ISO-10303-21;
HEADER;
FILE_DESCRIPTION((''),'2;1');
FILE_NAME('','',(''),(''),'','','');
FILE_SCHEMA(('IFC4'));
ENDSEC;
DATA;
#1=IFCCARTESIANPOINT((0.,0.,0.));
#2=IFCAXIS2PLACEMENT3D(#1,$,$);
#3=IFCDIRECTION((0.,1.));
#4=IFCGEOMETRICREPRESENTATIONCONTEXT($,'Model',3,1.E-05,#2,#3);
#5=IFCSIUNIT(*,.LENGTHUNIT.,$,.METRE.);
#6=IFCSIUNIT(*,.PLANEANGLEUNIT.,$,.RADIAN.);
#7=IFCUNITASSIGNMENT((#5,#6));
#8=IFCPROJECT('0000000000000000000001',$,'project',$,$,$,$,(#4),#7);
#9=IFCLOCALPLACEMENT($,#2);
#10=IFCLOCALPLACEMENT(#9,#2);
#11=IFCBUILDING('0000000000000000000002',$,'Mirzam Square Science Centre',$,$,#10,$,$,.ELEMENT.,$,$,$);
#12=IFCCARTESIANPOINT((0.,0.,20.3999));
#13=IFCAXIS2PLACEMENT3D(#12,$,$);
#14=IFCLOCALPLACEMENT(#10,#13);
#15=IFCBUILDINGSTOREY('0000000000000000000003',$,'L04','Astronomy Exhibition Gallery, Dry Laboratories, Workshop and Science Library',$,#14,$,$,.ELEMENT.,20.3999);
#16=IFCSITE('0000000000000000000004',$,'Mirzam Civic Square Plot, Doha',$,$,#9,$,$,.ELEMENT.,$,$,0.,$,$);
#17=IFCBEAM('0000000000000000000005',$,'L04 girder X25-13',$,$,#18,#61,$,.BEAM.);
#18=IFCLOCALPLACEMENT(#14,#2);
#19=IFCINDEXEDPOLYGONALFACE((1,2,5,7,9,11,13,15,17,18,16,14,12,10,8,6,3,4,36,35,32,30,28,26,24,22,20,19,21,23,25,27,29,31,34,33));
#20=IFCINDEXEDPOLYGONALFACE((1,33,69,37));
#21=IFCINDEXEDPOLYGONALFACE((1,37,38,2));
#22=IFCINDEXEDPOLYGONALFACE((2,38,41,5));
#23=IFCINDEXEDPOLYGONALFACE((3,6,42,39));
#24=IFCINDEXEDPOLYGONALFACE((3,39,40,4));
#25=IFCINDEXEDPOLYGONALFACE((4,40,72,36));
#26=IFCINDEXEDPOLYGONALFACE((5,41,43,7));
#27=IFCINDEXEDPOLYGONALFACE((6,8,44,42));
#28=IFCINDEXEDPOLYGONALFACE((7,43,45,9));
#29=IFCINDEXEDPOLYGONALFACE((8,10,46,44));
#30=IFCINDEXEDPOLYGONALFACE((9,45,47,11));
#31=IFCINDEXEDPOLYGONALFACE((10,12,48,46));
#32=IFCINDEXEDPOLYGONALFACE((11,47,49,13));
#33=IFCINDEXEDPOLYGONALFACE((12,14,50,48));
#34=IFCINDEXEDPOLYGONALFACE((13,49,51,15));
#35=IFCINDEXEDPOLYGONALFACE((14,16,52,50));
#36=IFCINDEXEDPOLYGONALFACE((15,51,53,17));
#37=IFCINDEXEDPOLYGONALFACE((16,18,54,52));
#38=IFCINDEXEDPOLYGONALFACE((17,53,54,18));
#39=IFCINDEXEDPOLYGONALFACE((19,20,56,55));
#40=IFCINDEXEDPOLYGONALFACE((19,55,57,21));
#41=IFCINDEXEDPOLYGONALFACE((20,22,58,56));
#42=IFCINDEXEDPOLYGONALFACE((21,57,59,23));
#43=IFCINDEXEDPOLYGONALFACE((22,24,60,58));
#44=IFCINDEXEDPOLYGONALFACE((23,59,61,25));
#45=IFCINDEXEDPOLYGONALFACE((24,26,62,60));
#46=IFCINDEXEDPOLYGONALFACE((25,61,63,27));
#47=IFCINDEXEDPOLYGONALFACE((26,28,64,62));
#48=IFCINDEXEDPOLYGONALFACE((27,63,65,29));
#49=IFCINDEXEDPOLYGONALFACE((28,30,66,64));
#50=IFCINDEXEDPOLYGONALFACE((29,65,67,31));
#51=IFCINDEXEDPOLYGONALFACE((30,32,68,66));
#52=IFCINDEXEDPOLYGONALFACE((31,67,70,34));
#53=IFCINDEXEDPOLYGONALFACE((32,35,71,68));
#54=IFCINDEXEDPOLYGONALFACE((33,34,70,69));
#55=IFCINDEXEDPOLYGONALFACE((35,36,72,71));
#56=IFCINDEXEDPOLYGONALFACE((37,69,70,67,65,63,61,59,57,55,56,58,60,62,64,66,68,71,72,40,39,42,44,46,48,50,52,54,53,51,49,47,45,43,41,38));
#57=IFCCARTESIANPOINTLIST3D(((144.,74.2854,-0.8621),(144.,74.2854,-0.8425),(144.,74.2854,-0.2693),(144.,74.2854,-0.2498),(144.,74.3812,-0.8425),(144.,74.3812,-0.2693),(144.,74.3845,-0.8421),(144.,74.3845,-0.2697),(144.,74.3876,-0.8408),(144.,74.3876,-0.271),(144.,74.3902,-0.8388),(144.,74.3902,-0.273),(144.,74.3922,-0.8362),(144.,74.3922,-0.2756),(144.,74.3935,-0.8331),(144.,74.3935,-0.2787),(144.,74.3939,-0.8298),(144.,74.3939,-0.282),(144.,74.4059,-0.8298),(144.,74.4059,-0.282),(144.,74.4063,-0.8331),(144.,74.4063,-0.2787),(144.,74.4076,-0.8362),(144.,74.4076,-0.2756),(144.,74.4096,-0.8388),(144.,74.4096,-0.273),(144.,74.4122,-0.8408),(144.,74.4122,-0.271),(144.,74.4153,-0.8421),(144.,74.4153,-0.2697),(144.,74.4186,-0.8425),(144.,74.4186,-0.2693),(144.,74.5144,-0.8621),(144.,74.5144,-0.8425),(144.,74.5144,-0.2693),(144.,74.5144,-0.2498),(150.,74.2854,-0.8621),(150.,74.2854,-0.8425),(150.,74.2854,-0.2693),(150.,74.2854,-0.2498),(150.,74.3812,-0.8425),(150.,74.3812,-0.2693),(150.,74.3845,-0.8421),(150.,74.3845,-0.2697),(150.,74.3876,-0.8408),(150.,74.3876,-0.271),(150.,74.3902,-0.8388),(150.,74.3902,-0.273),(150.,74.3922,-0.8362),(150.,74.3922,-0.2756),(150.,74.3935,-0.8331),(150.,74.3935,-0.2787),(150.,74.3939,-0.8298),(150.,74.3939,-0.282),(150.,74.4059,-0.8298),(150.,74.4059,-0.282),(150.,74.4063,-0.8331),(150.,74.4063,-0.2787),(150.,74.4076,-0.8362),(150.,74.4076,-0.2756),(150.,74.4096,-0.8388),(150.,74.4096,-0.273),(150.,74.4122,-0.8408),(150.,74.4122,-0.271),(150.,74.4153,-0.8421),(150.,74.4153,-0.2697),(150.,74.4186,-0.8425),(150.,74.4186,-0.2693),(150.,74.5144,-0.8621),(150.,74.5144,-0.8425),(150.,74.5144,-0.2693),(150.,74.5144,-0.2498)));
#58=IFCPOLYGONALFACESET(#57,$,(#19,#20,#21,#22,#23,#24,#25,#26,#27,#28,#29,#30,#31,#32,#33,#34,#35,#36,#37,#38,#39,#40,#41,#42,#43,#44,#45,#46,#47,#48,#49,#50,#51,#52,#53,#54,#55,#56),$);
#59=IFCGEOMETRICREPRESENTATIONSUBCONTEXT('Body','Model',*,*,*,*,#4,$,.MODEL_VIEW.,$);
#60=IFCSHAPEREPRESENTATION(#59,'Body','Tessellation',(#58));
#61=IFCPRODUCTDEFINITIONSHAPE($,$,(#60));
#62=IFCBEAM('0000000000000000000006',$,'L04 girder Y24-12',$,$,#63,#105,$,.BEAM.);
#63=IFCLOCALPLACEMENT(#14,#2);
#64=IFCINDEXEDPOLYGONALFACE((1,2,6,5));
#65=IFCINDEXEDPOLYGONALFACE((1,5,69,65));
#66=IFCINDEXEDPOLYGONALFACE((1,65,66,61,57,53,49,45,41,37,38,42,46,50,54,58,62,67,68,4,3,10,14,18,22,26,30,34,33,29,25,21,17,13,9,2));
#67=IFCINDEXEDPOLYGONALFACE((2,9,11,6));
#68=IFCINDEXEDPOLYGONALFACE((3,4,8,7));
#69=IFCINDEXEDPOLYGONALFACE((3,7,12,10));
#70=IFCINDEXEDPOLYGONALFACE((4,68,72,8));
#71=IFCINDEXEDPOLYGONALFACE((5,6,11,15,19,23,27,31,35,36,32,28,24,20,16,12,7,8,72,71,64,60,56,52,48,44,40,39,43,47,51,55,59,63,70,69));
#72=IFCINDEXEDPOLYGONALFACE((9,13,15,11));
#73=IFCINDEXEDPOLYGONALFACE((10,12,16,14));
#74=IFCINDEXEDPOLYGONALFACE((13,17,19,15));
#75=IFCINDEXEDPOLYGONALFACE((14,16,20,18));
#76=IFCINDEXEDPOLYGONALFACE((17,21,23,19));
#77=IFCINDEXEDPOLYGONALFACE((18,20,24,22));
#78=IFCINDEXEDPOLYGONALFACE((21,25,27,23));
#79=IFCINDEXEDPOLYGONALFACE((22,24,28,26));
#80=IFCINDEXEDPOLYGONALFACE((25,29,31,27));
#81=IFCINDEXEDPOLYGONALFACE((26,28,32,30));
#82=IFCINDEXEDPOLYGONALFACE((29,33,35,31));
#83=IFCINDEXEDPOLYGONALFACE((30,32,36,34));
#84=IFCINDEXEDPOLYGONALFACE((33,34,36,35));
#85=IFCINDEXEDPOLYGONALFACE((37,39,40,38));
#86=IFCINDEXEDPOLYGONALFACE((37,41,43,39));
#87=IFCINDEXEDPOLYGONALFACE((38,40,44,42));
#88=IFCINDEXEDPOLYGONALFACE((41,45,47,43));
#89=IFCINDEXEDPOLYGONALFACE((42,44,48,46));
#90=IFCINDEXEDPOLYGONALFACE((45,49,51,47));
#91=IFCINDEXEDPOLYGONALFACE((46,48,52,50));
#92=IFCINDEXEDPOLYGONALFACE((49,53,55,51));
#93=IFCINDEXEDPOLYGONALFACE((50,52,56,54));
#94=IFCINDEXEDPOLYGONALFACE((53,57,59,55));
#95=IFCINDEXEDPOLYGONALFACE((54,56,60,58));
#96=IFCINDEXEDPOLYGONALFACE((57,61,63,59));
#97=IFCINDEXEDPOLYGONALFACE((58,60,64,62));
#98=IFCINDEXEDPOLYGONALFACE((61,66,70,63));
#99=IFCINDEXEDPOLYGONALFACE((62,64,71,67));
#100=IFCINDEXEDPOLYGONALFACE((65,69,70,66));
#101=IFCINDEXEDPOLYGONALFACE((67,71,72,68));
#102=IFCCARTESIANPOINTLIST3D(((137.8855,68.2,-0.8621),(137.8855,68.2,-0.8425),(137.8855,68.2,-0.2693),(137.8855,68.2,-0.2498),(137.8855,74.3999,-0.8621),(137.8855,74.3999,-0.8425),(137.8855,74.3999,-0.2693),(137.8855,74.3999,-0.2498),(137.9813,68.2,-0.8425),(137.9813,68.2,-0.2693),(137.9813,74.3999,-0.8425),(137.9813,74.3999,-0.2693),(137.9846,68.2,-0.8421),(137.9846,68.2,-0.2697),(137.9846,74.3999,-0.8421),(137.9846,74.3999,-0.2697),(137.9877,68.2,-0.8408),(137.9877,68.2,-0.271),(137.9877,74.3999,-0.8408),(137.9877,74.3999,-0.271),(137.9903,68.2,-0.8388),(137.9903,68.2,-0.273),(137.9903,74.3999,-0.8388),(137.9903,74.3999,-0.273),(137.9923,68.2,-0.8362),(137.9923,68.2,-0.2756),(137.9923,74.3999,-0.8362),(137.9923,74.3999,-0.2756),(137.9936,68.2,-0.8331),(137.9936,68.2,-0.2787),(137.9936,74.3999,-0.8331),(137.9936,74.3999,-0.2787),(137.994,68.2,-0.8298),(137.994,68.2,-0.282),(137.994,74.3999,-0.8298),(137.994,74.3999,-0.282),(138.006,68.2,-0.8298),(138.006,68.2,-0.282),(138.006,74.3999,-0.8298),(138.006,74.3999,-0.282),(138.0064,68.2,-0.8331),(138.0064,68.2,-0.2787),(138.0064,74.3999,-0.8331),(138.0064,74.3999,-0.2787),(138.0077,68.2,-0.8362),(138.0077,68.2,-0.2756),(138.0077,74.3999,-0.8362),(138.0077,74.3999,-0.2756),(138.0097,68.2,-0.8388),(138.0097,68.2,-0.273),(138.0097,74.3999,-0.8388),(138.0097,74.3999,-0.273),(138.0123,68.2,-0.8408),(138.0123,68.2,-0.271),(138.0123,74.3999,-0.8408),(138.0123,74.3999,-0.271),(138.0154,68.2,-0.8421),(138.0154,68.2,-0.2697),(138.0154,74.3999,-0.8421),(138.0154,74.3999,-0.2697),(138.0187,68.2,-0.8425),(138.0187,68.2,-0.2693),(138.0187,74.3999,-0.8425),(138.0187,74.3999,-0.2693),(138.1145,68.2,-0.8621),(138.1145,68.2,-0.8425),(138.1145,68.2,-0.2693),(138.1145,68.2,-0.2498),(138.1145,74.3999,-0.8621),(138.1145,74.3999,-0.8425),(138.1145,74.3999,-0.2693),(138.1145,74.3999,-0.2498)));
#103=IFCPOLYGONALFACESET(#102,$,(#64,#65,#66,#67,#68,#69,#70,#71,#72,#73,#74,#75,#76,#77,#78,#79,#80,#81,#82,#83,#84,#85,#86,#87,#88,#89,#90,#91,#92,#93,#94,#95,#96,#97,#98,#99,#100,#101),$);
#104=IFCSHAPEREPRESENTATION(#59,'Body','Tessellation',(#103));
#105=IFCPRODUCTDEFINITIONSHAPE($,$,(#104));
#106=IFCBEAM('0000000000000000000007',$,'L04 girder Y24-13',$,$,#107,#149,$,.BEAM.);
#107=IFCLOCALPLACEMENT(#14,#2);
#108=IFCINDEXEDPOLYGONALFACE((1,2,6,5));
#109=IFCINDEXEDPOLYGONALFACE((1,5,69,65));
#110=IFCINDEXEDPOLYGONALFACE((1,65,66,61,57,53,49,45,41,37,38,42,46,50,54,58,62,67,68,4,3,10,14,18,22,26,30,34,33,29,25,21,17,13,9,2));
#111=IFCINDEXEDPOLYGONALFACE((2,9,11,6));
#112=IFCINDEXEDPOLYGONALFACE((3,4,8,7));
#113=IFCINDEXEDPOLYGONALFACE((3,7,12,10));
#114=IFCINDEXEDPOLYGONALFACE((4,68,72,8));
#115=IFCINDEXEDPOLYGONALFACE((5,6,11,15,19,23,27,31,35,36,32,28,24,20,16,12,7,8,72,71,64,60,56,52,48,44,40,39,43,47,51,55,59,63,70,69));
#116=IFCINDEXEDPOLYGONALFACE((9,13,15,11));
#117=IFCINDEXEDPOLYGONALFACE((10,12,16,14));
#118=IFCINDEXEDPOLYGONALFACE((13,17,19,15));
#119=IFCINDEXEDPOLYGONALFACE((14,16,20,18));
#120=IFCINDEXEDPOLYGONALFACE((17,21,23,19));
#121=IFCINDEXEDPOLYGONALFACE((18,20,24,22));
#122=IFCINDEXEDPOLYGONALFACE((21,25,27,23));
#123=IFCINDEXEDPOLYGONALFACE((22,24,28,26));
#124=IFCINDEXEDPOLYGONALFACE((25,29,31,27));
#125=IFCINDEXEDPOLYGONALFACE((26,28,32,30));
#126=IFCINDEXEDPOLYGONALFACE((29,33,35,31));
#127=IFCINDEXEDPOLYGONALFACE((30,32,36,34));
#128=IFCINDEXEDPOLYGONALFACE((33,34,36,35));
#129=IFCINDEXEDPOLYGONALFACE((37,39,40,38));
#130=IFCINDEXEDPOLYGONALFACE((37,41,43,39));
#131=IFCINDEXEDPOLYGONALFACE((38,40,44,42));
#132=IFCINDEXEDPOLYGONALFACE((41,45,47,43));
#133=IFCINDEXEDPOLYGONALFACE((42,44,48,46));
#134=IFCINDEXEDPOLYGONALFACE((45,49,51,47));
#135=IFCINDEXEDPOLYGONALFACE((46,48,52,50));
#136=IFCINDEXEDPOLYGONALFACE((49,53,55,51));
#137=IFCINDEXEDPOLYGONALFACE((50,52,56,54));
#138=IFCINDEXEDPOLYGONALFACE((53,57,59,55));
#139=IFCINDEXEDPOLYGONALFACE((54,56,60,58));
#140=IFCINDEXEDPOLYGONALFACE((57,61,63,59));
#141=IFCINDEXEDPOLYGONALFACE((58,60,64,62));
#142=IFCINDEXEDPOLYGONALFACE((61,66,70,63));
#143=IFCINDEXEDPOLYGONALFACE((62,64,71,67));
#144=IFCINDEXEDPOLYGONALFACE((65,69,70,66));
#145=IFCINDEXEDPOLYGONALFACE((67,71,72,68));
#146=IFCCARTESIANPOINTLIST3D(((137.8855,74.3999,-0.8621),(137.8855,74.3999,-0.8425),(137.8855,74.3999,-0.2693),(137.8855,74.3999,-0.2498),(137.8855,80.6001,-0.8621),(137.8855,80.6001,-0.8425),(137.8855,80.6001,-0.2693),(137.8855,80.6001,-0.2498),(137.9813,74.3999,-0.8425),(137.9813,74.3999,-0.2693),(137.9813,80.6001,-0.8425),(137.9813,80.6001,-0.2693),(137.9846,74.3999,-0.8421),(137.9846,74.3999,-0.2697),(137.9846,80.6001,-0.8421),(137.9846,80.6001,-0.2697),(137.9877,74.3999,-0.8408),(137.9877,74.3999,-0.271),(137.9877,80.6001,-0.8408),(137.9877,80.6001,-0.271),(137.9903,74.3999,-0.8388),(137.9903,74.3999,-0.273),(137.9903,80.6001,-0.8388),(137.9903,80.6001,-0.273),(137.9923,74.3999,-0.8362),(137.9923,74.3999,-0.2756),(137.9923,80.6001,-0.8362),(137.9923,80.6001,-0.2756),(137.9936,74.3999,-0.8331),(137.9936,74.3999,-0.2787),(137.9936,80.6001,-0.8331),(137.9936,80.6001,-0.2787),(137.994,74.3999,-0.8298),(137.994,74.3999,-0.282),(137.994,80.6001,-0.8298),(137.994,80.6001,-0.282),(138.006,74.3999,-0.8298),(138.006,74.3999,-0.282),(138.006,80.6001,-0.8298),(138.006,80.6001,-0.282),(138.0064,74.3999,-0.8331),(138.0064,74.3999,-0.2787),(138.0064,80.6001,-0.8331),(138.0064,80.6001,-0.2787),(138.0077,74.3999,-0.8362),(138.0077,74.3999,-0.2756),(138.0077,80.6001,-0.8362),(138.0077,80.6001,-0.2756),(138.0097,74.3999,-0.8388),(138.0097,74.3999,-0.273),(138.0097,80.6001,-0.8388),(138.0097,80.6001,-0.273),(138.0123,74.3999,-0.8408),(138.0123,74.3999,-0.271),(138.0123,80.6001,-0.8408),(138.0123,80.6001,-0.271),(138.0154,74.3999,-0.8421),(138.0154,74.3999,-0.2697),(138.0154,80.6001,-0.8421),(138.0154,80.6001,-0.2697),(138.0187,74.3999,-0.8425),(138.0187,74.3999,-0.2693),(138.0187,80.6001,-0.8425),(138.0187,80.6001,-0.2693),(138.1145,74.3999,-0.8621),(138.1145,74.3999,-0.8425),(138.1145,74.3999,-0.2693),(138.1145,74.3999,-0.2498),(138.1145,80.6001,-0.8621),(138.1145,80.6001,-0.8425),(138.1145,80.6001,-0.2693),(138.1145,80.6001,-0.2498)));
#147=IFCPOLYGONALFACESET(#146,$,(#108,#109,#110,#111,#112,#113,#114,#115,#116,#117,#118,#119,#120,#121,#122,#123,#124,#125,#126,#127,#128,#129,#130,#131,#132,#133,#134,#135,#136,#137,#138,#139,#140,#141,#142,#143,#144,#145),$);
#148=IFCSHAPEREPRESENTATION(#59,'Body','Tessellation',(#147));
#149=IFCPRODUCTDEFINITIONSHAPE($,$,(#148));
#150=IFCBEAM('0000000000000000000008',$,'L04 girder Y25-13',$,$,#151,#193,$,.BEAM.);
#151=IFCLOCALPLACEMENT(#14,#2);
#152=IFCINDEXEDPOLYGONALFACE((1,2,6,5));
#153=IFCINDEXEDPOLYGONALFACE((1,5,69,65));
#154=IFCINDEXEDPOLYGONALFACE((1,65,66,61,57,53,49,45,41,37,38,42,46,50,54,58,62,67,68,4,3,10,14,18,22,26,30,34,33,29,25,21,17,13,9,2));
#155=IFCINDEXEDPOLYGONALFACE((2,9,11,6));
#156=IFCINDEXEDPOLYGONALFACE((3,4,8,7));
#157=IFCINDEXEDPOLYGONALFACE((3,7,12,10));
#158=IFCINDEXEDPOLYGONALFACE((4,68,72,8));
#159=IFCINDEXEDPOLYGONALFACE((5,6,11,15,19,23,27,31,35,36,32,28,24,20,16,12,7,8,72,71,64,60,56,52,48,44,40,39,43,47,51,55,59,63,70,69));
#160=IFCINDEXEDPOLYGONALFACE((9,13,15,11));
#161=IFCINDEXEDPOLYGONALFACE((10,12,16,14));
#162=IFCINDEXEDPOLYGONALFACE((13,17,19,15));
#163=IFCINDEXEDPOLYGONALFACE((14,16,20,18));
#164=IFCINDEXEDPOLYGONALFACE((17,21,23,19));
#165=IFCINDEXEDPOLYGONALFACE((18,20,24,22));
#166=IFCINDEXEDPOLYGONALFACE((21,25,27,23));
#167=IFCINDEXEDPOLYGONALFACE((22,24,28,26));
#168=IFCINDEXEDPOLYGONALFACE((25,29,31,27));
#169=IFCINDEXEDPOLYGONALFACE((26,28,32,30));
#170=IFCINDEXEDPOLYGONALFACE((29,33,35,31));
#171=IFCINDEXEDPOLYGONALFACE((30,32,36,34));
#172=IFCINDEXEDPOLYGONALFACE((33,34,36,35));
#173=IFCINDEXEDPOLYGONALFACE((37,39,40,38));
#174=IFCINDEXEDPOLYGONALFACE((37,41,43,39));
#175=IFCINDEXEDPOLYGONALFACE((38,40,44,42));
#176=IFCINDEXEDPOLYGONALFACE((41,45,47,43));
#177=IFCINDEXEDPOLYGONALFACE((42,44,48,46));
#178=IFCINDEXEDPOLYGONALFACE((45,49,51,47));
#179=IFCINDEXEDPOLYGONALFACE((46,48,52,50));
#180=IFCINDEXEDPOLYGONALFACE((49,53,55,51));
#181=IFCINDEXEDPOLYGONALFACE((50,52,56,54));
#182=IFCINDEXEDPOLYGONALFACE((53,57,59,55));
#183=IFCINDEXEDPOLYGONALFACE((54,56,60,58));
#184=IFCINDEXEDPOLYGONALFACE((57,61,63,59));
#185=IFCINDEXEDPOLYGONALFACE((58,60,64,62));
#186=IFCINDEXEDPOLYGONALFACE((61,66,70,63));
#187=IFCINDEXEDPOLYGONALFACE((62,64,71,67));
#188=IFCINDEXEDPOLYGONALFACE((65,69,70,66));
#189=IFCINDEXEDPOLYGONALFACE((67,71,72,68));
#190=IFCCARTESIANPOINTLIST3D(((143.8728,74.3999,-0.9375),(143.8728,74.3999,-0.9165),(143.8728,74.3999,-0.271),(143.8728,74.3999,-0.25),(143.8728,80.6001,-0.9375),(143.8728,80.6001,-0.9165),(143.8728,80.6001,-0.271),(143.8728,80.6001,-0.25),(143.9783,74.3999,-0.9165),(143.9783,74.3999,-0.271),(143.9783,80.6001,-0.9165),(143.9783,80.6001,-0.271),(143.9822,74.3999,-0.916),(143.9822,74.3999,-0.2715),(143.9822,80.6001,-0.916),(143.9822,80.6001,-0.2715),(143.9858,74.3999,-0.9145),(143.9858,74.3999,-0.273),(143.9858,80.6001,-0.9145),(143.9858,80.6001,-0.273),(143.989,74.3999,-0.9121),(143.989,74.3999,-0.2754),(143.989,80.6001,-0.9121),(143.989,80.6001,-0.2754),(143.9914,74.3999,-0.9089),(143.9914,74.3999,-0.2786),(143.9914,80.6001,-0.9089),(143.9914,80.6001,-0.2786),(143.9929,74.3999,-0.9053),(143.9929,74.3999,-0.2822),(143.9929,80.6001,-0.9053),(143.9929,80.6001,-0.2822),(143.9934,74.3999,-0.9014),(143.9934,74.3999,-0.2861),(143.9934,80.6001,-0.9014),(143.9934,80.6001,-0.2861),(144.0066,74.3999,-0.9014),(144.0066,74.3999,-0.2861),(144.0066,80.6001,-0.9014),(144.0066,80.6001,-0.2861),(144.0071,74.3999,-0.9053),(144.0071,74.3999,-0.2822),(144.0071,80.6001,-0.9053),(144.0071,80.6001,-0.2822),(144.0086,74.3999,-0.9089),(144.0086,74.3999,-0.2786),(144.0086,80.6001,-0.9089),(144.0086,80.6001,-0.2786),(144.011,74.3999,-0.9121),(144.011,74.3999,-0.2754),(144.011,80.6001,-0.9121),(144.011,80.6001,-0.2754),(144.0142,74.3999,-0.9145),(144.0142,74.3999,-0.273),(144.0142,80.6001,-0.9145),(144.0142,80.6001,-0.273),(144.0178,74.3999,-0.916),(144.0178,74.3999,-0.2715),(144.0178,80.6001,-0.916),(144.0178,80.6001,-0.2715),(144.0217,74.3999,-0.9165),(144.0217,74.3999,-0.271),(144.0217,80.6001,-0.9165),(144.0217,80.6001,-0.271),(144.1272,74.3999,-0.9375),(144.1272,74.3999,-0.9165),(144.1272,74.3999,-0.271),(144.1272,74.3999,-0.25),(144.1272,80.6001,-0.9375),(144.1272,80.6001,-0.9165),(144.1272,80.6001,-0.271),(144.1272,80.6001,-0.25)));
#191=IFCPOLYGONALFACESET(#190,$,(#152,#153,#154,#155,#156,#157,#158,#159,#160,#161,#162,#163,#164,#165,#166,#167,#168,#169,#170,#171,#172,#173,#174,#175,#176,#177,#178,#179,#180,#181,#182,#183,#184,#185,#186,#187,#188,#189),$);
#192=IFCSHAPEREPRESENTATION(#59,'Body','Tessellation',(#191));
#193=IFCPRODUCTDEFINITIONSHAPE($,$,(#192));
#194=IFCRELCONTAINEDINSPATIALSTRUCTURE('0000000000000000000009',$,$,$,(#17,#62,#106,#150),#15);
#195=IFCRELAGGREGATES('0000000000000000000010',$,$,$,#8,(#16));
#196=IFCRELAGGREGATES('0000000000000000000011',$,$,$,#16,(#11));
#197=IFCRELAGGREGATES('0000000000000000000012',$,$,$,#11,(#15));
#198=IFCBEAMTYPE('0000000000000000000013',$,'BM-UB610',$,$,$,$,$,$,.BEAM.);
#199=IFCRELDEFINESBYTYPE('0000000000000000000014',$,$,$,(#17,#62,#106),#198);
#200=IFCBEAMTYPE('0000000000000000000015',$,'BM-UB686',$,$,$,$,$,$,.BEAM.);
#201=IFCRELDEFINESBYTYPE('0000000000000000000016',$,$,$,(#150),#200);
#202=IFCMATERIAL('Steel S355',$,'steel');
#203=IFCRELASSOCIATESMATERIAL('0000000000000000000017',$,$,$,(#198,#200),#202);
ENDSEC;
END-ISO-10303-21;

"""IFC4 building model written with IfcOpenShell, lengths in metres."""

from ifc_helpers import new_model, si_unit, direction, frame, origin, origin_2d, place, context, subcontext, project, spatial, i_section, extrude, material, material_profile, profile_set, type_object, element, save


model = new_model("IFC4")

# Units and contexts
model_context = context("Model", 3, precision=1e-05, world=origin(), true_north=direction((0.0, 1.0)))
body_context = subcontext(model_context, "Body", "Model", "MODEL_VIEW")
ifc_project = project(units=[si_unit("LENGTHUNIT", "METRE"), si_unit("PLANEANGLEUNIT", "RADIAN")], contexts=[model_context])

# Site, building, storey
site_placement = place(None, origin())
site = spatial("IfcSite", under=ifc_project, at=site_placement, Name="Mirzam Civic Square Plot, Doha", CompositionType="ELEMENT", RefElevation=0.0)
building_placement = place(site_placement, origin())
building = spatial("IfcBuilding", under=site, at=building_placement, Name="Mirzam Square Science Centre", CompositionType="ELEMENT")
storey_placement = place(building_placement, frame((0.0, 0.0, 20.3999)))
storey = spatial("IfcBuildingStorey", under=building, at=storey_placement, Name="L04", Description="Astronomy Exhibition Gallery, Dry Laboratories, Workshop and Science Library", CompositionType="ELEMENT", Elevation=20.3999)

# Shared definitions
ifc_material = material(Name="Steel S355", Category="steel")

# Beams
ifc_material_profile_1 = material_profile(ifc_material, i_section(OverallWidth=0.229, OverallDepth=0.6123, WebThickness=0.012, FlangeThickness=0.0195, FilletRadius=0.0127, at=origin_2d()), Name="610x229x125UB")
ifc_profile_set_1 = profile_set([ifc_material_profile_1], Name="Steel S355")
beam_type_1 = type_object("IfcBeamType", Name="BM-UB610", PredefinedType="BEAM", material=ifc_profile_set_1)
beam_1_placement = place(storey_placement, frame((144.0, 74.3999, -0.5559), z_axis=(1.0, 0.0, 0.0), x_axis=(0.0, 1.0, 0.0)))
element("IfcBeam", 1, at=beam_1_placement, inside=storey, type_object=beam_type_1, Name="L04 girder X25-13", PredefinedType="BEAM", context=body_context, shape_type="SweptSolid", body=[
    extrude(i_section(OverallWidth=0.229, OverallDepth=0.6123, WebThickness=0.012, FlangeThickness=0.0195, FilletRadius=0.0127, at=origin_2d()), origin(), (0.0, 0.0, 1.0), 6.0),
])
beam_2_placement = place(storey_placement, frame((138.0, 68.2, -0.5559), z_axis=(0.0, 1.0, 0.0), x_axis=(-1.0, 0.0, 0.0)))
element("IfcBeam", 2, at=beam_2_placement, inside=storey, type_object=beam_type_1, Name="L04 girder Y24-12", PredefinedType="BEAM", context=body_context, shape_type="SweptSolid", body=[
    extrude(i_section(OverallWidth=0.229, OverallDepth=0.6123, WebThickness=0.012, FlangeThickness=0.0195, FilletRadius=0.0127, at=origin_2d()), origin(), (0.0, 0.0, 1.0), 6.2),
])
beam_3_placement = place(storey_placement, frame((138.0, 74.3999, -0.5559), z_axis=(0.0, 1.0, 0.0), x_axis=(-1.0, 0.0, 0.0)))
element("IfcBeam", 3, at=beam_3_placement, inside=storey, type_object=beam_type_1, Name="L04 girder Y24-13", PredefinedType="BEAM", context=body_context, shape_type="SweptSolid", body=[
    extrude(i_section(OverallWidth=0.229, OverallDepth=0.6123, WebThickness=0.012, FlangeThickness=0.0195, FilletRadius=0.0127, at=origin_2d()), origin(), (0.0, 0.0, 1.0), 6.2002),
])
ifc_material_profile_2 = material_profile(ifc_material, i_section(OverallWidth=0.2544, OverallDepth=0.6875, WebThickness=0.0132, FlangeThickness=0.021, FilletRadius=0.0151, at=origin_2d()), Name="686x254x152UB")
ifc_profile_set_2 = profile_set([ifc_material_profile_2], Name="Steel S355")
beam_type_2 = type_object("IfcBeamType", Name="BM-UB686", PredefinedType="BEAM", material=ifc_profile_set_2)
beam_4_placement = place(storey_placement, frame((144.0, 74.3999, -0.5938), z_axis=(0.0, 1.0, 0.0), x_axis=(-1.0, 0.0, 0.0)))
element("IfcBeam", 4, at=beam_4_placement, inside=storey, type_object=beam_type_2, Name="L04 girder Y25-13", PredefinedType="BEAM", context=body_context, shape_type="SweptSolid", body=[
    extrude(i_section(OverallWidth=0.2544, OverallDepth=0.6875, WebThickness=0.0132, FlangeThickness=0.021, FilletRadius=0.0151, at=origin_2d()), origin(), (0.0, 0.0, 1.0), 6.2002),
])

save(model, "model.ifc")
